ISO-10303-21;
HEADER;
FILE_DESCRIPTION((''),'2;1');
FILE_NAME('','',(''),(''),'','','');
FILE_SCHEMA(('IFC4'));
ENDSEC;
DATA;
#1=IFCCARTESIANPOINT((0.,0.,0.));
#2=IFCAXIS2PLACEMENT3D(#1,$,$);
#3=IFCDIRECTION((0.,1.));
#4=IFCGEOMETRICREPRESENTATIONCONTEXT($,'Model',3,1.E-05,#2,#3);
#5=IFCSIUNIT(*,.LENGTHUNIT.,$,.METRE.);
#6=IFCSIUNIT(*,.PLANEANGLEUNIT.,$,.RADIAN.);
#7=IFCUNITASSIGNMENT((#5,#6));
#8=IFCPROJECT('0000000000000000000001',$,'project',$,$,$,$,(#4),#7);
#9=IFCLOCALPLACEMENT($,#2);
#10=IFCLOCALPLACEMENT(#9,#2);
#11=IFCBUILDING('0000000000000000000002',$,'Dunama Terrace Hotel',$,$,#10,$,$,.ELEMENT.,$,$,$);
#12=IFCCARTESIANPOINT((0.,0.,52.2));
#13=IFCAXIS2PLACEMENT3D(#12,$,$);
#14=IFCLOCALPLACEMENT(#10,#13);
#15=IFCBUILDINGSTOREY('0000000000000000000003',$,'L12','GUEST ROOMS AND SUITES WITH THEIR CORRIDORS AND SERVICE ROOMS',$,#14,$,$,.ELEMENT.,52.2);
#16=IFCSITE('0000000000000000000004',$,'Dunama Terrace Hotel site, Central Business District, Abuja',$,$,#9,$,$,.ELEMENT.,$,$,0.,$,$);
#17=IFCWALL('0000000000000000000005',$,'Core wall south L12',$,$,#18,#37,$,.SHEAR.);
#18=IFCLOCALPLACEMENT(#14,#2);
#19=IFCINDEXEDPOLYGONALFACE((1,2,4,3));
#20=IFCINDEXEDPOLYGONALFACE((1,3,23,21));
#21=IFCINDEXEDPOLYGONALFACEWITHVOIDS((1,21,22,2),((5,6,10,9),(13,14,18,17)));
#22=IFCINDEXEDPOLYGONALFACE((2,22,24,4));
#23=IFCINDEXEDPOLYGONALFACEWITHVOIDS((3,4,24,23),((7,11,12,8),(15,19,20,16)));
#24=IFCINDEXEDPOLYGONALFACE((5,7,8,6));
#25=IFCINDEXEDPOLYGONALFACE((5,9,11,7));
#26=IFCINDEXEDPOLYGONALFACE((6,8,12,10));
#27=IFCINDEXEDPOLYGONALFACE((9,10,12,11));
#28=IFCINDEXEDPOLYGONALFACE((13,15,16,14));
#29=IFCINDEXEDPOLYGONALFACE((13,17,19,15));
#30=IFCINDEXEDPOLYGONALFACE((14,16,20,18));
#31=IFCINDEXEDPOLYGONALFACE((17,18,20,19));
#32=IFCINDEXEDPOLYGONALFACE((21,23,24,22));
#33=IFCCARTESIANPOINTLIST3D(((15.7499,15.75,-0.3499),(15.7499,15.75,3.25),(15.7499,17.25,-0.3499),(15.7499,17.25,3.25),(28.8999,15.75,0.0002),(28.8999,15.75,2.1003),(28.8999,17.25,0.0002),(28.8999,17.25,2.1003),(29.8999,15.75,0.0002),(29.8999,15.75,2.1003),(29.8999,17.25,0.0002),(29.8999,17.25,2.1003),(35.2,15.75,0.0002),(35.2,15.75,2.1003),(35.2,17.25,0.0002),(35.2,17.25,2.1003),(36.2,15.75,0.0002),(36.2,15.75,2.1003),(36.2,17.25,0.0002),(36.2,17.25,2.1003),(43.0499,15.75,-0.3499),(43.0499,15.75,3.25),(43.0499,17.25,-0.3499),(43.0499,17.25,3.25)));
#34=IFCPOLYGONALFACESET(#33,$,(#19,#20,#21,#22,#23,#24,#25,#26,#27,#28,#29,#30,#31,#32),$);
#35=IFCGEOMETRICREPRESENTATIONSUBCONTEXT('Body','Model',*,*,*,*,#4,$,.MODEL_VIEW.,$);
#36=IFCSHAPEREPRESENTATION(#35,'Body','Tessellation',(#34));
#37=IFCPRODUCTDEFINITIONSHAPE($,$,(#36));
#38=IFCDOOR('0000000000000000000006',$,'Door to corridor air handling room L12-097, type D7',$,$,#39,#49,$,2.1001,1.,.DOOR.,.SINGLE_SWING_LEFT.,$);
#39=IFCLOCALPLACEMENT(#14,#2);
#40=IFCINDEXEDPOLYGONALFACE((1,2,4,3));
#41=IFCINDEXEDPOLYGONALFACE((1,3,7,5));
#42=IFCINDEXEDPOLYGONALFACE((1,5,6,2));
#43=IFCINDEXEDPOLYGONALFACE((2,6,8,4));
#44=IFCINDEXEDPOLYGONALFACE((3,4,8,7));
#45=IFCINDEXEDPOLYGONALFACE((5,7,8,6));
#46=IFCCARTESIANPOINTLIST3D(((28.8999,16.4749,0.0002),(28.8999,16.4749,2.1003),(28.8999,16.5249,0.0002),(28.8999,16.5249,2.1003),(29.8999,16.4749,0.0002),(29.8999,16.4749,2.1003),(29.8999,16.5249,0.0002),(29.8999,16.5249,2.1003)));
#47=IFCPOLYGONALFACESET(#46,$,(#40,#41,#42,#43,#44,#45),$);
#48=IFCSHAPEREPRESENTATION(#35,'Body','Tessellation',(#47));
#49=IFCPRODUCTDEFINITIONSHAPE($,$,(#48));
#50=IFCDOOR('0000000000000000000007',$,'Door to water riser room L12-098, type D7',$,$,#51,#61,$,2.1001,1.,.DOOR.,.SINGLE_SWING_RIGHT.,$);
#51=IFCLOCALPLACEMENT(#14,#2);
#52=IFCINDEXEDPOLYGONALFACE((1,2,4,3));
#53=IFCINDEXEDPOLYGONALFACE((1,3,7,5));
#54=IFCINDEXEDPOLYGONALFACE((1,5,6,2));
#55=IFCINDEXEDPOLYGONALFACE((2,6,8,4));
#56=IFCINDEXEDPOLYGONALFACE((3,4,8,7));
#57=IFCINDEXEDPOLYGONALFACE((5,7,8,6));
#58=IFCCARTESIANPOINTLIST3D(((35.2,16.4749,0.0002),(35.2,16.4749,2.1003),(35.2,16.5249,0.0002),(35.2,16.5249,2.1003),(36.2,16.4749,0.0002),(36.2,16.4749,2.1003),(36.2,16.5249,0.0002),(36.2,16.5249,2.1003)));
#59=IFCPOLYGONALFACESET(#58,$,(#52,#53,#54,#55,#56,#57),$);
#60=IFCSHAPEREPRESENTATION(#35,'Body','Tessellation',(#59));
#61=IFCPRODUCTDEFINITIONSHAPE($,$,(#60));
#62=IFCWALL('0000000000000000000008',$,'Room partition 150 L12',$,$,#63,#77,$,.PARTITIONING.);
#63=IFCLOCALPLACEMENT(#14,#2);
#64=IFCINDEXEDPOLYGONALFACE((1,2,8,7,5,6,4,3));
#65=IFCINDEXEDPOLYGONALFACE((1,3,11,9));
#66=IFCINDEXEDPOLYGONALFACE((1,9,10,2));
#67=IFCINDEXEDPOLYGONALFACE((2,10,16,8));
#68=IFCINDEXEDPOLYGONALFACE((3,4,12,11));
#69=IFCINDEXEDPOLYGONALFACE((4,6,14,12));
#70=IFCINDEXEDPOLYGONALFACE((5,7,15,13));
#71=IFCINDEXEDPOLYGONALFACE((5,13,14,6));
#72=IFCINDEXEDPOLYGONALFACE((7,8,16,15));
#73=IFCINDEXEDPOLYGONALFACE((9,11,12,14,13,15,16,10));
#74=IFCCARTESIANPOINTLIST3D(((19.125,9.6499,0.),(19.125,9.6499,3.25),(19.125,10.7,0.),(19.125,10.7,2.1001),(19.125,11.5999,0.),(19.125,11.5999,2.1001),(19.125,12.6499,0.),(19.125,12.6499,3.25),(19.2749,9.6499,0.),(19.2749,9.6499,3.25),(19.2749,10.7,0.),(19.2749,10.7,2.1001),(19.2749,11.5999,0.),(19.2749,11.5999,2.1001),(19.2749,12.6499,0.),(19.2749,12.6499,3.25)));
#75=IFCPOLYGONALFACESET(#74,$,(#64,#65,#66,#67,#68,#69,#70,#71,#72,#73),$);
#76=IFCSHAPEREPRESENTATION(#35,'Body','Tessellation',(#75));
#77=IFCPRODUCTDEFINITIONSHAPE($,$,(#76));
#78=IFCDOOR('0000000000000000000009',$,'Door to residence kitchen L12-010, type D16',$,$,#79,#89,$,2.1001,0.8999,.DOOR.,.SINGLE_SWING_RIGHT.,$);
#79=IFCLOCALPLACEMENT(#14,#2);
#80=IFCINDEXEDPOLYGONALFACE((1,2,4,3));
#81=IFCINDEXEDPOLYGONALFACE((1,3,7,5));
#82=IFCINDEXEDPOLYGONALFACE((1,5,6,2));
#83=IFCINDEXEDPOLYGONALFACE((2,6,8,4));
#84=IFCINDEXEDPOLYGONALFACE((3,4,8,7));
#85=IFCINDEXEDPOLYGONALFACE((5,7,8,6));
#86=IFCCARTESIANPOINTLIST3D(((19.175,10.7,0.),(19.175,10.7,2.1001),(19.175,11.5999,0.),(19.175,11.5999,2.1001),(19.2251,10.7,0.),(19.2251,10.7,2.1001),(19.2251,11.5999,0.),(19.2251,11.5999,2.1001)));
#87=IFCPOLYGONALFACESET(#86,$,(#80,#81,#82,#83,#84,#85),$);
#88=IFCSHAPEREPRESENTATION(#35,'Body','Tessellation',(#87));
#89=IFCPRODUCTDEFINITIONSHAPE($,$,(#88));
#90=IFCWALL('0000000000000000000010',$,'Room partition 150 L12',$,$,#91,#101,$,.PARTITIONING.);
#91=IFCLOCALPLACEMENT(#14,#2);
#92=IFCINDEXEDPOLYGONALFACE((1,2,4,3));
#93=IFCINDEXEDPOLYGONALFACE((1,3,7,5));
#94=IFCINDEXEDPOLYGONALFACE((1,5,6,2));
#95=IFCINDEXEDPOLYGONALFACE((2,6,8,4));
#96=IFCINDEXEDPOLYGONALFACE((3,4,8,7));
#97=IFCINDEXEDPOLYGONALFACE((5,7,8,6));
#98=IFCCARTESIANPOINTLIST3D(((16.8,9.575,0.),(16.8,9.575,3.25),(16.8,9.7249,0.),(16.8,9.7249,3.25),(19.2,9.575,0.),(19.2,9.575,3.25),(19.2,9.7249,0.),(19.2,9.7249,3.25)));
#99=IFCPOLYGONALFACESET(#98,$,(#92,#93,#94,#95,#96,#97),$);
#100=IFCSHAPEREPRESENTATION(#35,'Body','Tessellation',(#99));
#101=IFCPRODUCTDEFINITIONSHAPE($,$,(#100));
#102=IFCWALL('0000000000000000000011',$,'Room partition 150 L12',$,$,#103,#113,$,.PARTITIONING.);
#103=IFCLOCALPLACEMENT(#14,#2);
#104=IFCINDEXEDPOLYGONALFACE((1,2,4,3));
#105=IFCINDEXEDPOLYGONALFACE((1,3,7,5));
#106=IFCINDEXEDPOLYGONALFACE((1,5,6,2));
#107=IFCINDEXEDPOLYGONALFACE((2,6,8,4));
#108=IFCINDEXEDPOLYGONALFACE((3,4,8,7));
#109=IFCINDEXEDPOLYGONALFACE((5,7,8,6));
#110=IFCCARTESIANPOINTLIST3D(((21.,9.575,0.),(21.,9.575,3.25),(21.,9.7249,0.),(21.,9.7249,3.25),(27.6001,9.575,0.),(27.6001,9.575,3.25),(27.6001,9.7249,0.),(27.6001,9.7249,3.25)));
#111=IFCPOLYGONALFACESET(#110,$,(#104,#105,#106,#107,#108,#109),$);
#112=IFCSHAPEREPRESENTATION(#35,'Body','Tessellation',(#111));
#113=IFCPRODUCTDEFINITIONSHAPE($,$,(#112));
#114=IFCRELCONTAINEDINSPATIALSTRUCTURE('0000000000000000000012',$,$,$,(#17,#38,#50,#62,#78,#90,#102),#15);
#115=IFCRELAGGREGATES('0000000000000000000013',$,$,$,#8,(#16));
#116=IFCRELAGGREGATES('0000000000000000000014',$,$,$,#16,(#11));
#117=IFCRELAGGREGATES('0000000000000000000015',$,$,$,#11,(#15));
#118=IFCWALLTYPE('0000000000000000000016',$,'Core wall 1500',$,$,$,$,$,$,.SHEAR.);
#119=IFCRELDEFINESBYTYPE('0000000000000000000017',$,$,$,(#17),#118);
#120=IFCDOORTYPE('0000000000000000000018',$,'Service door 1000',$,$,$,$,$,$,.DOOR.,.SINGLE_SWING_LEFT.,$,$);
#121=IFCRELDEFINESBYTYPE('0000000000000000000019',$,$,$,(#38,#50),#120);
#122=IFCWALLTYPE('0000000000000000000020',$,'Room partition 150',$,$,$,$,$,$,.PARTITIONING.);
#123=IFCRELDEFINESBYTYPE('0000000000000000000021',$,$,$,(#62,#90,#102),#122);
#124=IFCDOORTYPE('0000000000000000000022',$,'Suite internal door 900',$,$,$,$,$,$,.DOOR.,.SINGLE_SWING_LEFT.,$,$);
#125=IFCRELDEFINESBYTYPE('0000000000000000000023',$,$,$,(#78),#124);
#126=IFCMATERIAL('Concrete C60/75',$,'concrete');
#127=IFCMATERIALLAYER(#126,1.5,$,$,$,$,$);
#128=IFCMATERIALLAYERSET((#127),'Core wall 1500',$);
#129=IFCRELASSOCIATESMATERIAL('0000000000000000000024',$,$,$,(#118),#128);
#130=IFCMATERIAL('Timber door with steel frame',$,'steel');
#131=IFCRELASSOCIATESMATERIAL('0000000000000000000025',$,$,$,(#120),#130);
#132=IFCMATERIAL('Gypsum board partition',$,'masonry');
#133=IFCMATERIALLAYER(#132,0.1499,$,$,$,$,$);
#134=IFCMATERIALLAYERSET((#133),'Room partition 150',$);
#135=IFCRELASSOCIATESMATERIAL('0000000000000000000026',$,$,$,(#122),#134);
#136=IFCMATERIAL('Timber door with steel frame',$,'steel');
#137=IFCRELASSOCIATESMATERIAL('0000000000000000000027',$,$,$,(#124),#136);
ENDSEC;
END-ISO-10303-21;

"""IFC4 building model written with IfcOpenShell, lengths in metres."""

from ifc_helpers import new_model, si_unit, direction, frame, frame_2d, origin, place, context, subcontext, project, spatial, rectangle, extrude, material, layer, layer_set, type_object, element, fill, save


model = new_model("IFC4")

# Units and contexts
model_context = context("Model", 3, precision=1e-05, world=origin(), true_north=direction((0.0, 1.0)))
body_context = subcontext(model_context, "Body", "Model", "MODEL_VIEW")
ifc_project = project(units=[si_unit("LENGTHUNIT", "METRE"), si_unit("PLANEANGLEUNIT", "RADIAN")], contexts=[model_context])

# Site, building, storey
site_placement = place(None, origin())
site = spatial("IfcSite", under=ifc_project, at=site_placement, Name="Dunama Terrace Hotel site, Central Business District, Abuja", CompositionType="ELEMENT", RefElevation=0.0)
building_placement = place(site_placement, origin())
building = spatial("IfcBuilding", under=site, at=building_placement, Name="Dunama Terrace Hotel", CompositionType="ELEMENT")
storey_placement = place(building_placement, frame((0.0, 0.0, 52.2)))
storey = spatial("IfcBuildingStorey", under=building, at=storey_placement, Name="L12", Description="GUEST ROOMS AND SUITES WITH THEIR CORRIDORS AND SERVICE ROOMS", CompositionType="ELEMENT", Elevation=52.2)

# Wall, openings, doors
ifc_material_1 = material(Name="Concrete C60/75", Category="concrete")
ifc_layer_1 = layer(ifc_material_1, 1.5)
ifc_layer_set_1 = layer_set([ifc_layer_1], Name="Core wall 1500")
wall_type_1 = type_object("IfcWallType", Name="Core wall 1500", PredefinedType="SHEAR", material=ifc_layer_set_1)
wall_1_placement = place(storey_placement, frame((15.75, 16.5, -0.3499), z_axis=(0.0, 0.0, 1.0), x_axis=(1.0, 0.0, 0.0)))
wall_1 = element("IfcWall", 1, at=wall_1_placement, inside=storey, type_object=wall_type_1, Name="Core wall south L12", PredefinedType="SHEAR", context=body_context, shape_type="SweptSolid", body=[
    extrude(rectangle(XDim=27.3, YDim=1.5, at=frame_2d((13.6499, 0.0))), origin(), (0.0, 0.0, 1.0), 3.5999),
])
opening_1_placement = place(wall_1_placement, frame((13.1499, 0.0, 0.3501)))
opening_1 = element("IfcOpeningElement", 2, at=opening_1_placement, cuts=wall_1, PredefinedType="OPENING", context=body_context, shape_type="SweptSolid", body=[
    extrude(rectangle(XDim=1.0, YDim=2.1001, at=frame_2d((0.5, 1.05))), frame((0.0, 0.76, 0.0), z_axis=(0.0, -1.0, 0.0), x_axis=(1.0, 0.0, 0.0)), (0.0, 0.0, 1.0), 1.52),
])
opening_2_placement = place(wall_1_placement, frame((19.45, 0.0, 0.3501)))
opening_2 = element("IfcOpeningElement", 3, at=opening_2_placement, cuts=wall_1, PredefinedType="OPENING", context=body_context, shape_type="SweptSolid", body=[
    extrude(rectangle(XDim=1.0, YDim=2.1001, at=frame_2d((0.5, 1.05))), frame((0.0, 0.76, 0.0), z_axis=(0.0, -1.0, 0.0), x_axis=(1.0, 0.0, 0.0)), (0.0, 0.0, 1.0), 1.52),
])
ifc_material_2 = material(Name="Timber door with steel frame", Category="steel")
door_type_1 = type_object("IfcDoorType", Name="Service door 1000", OperationType="SINGLE_SWING_LEFT", PredefinedType="DOOR", material=ifc_material_2)
door_1_placement = place(opening_1_placement, origin())
door_1 = element("IfcDoor", 4, at=door_1_placement, inside=storey, type_object=door_type_1, Name="Door to corridor air handling room L12-097, type D7", OperationType="SINGLE_SWING_LEFT", OverallHeight=2.1001, OverallWidth=1.0, PredefinedType="DOOR", context=body_context, shape_type="SweptSolid", body=[
    extrude(rectangle(XDim=1.0, YDim=2.1001, at=frame_2d((0.5, 1.05))), frame((0.0, 0.0249, 0.0), z_axis=(0.0, -1.0, 0.0), x_axis=(1.0, 0.0, 0.0)), (0.0, 0.0, 1.0), 0.05),
])
fill(opening_1, door_1)
door_2_placement = place(opening_2_placement, origin())
door_2 = element("IfcDoor", 5, at=door_2_placement, inside=storey, type_object=door_type_1, Name="Door to water riser room L12-098, type D7", OperationType="SINGLE_SWING_RIGHT", OverallHeight=2.1001, OverallWidth=1.0, PredefinedType="DOOR", context=body_context, shape_type="SweptSolid", body=[
    extrude(rectangle(XDim=1.0, YDim=2.1001, at=frame_2d((0.5, 1.05))), frame((0.0, 0.0249, 0.0), z_axis=(0.0, -1.0, 0.0), x_axis=(1.0, 0.0, 0.0)), (0.0, 0.0, 1.0), 0.05),
])
fill(opening_2, door_2)

# Wall, opening, door
ifc_material_3 = material(Name="Gypsum board partition", Category="masonry")
ifc_layer_2 = layer(ifc_material_3, 0.1499)
ifc_layer_set_2 = layer_set([ifc_layer_2], Name="Room partition 150")
wall_type_2 = type_object("IfcWallType", Name="Room partition 150", PredefinedType="PARTITIONING", material=ifc_layer_set_2)
wall_2_placement = place(storey_placement, frame((19.2, 9.6499, 0.0), z_axis=(0.0, 0.0, 1.0), x_axis=(0.0, 1.0, 0.0)))
wall_2 = element("IfcWall", 6, at=wall_2_placement, inside=storey, type_object=wall_type_2, Name="Room partition 150 L12", PredefinedType="PARTITIONING", context=body_context, shape_type="SweptSolid", body=[
    extrude(rectangle(XDim=3.0, YDim=0.1499, at=frame_2d((1.5, 0.0))), origin(), (0.0, 0.0, 1.0), 3.25),
])
opening_3_placement = place(wall_2_placement, frame((1.05, 0.0, 0.0)))
opening_3 = element("IfcOpeningElement", 7, at=opening_3_placement, cuts=wall_2, PredefinedType="OPENING", context=body_context, shape_type="SweptSolid", body=[
    extrude(rectangle(XDim=0.8999, YDim=2.1001, at=frame_2d((0.45, 1.05))), frame((0.0, 0.085, 0.0), z_axis=(0.0, -1.0, 0.0), x_axis=(1.0, 0.0, 0.0)), (0.0, 0.0, 1.0), 0.1699),
])
ifc_material_4 = material(Name="Timber door with steel frame", Category="steel")
door_type_2 = type_object("IfcDoorType", Name="Suite internal door 900", OperationType="SINGLE_SWING_LEFT", PredefinedType="DOOR", material=ifc_material_4)
door_3_placement = place(opening_3_placement, origin())
door_3 = element("IfcDoor", 8, at=door_3_placement, inside=storey, type_object=door_type_2, Name="Door to residence kitchen L12-010, type D16", OperationType="SINGLE_SWING_RIGHT", OverallHeight=2.1001, OverallWidth=0.8999, PredefinedType="DOOR", context=body_context, shape_type="SweptSolid", body=[
    extrude(rectangle(XDim=0.8999, YDim=2.1001, at=frame_2d((0.45, 1.05))), frame((0.0, 0.0249, 0.0), z_axis=(0.0, -1.0, 0.0), x_axis=(1.0, 0.0, 0.0)), (0.0, 0.0, 1.0), 0.05),
])
fill(opening_3, door_3)

# Walls
wall_3_placement = place(storey_placement, frame((16.8, 9.6499, 0.0), z_axis=(0.0, 0.0, 1.0), x_axis=(1.0, 0.0, 0.0)))
element("IfcWall", 9, at=wall_3_placement, inside=storey, type_object=wall_type_2, Name="Room partition 150 L12", PredefinedType="PARTITIONING", context=body_context, shape_type="SweptSolid", body=[
    extrude(rectangle(XDim=2.3999, YDim=0.1499, at=frame_2d((1.2, 0.0))), origin(), (0.0, 0.0, 1.0), 3.25),
])
wall_4_placement = place(storey_placement, frame((21.0, 9.6499, 0.0), z_axis=(0.0, 0.0, 1.0), x_axis=(1.0, 0.0, 0.0)))
element("IfcWall", 10, at=wall_4_placement, inside=storey, type_object=wall_type_2, Name="Room partition 150 L12", PredefinedType="PARTITIONING", context=body_context, shape_type="SweptSolid", body=[
    extrude(rectangle(XDim=6.6001, YDim=0.1499, at=frame_2d((3.3, 0.0))), origin(), (0.0, 0.0, 1.0), 3.25),
])

save(model, "model.ifc")
